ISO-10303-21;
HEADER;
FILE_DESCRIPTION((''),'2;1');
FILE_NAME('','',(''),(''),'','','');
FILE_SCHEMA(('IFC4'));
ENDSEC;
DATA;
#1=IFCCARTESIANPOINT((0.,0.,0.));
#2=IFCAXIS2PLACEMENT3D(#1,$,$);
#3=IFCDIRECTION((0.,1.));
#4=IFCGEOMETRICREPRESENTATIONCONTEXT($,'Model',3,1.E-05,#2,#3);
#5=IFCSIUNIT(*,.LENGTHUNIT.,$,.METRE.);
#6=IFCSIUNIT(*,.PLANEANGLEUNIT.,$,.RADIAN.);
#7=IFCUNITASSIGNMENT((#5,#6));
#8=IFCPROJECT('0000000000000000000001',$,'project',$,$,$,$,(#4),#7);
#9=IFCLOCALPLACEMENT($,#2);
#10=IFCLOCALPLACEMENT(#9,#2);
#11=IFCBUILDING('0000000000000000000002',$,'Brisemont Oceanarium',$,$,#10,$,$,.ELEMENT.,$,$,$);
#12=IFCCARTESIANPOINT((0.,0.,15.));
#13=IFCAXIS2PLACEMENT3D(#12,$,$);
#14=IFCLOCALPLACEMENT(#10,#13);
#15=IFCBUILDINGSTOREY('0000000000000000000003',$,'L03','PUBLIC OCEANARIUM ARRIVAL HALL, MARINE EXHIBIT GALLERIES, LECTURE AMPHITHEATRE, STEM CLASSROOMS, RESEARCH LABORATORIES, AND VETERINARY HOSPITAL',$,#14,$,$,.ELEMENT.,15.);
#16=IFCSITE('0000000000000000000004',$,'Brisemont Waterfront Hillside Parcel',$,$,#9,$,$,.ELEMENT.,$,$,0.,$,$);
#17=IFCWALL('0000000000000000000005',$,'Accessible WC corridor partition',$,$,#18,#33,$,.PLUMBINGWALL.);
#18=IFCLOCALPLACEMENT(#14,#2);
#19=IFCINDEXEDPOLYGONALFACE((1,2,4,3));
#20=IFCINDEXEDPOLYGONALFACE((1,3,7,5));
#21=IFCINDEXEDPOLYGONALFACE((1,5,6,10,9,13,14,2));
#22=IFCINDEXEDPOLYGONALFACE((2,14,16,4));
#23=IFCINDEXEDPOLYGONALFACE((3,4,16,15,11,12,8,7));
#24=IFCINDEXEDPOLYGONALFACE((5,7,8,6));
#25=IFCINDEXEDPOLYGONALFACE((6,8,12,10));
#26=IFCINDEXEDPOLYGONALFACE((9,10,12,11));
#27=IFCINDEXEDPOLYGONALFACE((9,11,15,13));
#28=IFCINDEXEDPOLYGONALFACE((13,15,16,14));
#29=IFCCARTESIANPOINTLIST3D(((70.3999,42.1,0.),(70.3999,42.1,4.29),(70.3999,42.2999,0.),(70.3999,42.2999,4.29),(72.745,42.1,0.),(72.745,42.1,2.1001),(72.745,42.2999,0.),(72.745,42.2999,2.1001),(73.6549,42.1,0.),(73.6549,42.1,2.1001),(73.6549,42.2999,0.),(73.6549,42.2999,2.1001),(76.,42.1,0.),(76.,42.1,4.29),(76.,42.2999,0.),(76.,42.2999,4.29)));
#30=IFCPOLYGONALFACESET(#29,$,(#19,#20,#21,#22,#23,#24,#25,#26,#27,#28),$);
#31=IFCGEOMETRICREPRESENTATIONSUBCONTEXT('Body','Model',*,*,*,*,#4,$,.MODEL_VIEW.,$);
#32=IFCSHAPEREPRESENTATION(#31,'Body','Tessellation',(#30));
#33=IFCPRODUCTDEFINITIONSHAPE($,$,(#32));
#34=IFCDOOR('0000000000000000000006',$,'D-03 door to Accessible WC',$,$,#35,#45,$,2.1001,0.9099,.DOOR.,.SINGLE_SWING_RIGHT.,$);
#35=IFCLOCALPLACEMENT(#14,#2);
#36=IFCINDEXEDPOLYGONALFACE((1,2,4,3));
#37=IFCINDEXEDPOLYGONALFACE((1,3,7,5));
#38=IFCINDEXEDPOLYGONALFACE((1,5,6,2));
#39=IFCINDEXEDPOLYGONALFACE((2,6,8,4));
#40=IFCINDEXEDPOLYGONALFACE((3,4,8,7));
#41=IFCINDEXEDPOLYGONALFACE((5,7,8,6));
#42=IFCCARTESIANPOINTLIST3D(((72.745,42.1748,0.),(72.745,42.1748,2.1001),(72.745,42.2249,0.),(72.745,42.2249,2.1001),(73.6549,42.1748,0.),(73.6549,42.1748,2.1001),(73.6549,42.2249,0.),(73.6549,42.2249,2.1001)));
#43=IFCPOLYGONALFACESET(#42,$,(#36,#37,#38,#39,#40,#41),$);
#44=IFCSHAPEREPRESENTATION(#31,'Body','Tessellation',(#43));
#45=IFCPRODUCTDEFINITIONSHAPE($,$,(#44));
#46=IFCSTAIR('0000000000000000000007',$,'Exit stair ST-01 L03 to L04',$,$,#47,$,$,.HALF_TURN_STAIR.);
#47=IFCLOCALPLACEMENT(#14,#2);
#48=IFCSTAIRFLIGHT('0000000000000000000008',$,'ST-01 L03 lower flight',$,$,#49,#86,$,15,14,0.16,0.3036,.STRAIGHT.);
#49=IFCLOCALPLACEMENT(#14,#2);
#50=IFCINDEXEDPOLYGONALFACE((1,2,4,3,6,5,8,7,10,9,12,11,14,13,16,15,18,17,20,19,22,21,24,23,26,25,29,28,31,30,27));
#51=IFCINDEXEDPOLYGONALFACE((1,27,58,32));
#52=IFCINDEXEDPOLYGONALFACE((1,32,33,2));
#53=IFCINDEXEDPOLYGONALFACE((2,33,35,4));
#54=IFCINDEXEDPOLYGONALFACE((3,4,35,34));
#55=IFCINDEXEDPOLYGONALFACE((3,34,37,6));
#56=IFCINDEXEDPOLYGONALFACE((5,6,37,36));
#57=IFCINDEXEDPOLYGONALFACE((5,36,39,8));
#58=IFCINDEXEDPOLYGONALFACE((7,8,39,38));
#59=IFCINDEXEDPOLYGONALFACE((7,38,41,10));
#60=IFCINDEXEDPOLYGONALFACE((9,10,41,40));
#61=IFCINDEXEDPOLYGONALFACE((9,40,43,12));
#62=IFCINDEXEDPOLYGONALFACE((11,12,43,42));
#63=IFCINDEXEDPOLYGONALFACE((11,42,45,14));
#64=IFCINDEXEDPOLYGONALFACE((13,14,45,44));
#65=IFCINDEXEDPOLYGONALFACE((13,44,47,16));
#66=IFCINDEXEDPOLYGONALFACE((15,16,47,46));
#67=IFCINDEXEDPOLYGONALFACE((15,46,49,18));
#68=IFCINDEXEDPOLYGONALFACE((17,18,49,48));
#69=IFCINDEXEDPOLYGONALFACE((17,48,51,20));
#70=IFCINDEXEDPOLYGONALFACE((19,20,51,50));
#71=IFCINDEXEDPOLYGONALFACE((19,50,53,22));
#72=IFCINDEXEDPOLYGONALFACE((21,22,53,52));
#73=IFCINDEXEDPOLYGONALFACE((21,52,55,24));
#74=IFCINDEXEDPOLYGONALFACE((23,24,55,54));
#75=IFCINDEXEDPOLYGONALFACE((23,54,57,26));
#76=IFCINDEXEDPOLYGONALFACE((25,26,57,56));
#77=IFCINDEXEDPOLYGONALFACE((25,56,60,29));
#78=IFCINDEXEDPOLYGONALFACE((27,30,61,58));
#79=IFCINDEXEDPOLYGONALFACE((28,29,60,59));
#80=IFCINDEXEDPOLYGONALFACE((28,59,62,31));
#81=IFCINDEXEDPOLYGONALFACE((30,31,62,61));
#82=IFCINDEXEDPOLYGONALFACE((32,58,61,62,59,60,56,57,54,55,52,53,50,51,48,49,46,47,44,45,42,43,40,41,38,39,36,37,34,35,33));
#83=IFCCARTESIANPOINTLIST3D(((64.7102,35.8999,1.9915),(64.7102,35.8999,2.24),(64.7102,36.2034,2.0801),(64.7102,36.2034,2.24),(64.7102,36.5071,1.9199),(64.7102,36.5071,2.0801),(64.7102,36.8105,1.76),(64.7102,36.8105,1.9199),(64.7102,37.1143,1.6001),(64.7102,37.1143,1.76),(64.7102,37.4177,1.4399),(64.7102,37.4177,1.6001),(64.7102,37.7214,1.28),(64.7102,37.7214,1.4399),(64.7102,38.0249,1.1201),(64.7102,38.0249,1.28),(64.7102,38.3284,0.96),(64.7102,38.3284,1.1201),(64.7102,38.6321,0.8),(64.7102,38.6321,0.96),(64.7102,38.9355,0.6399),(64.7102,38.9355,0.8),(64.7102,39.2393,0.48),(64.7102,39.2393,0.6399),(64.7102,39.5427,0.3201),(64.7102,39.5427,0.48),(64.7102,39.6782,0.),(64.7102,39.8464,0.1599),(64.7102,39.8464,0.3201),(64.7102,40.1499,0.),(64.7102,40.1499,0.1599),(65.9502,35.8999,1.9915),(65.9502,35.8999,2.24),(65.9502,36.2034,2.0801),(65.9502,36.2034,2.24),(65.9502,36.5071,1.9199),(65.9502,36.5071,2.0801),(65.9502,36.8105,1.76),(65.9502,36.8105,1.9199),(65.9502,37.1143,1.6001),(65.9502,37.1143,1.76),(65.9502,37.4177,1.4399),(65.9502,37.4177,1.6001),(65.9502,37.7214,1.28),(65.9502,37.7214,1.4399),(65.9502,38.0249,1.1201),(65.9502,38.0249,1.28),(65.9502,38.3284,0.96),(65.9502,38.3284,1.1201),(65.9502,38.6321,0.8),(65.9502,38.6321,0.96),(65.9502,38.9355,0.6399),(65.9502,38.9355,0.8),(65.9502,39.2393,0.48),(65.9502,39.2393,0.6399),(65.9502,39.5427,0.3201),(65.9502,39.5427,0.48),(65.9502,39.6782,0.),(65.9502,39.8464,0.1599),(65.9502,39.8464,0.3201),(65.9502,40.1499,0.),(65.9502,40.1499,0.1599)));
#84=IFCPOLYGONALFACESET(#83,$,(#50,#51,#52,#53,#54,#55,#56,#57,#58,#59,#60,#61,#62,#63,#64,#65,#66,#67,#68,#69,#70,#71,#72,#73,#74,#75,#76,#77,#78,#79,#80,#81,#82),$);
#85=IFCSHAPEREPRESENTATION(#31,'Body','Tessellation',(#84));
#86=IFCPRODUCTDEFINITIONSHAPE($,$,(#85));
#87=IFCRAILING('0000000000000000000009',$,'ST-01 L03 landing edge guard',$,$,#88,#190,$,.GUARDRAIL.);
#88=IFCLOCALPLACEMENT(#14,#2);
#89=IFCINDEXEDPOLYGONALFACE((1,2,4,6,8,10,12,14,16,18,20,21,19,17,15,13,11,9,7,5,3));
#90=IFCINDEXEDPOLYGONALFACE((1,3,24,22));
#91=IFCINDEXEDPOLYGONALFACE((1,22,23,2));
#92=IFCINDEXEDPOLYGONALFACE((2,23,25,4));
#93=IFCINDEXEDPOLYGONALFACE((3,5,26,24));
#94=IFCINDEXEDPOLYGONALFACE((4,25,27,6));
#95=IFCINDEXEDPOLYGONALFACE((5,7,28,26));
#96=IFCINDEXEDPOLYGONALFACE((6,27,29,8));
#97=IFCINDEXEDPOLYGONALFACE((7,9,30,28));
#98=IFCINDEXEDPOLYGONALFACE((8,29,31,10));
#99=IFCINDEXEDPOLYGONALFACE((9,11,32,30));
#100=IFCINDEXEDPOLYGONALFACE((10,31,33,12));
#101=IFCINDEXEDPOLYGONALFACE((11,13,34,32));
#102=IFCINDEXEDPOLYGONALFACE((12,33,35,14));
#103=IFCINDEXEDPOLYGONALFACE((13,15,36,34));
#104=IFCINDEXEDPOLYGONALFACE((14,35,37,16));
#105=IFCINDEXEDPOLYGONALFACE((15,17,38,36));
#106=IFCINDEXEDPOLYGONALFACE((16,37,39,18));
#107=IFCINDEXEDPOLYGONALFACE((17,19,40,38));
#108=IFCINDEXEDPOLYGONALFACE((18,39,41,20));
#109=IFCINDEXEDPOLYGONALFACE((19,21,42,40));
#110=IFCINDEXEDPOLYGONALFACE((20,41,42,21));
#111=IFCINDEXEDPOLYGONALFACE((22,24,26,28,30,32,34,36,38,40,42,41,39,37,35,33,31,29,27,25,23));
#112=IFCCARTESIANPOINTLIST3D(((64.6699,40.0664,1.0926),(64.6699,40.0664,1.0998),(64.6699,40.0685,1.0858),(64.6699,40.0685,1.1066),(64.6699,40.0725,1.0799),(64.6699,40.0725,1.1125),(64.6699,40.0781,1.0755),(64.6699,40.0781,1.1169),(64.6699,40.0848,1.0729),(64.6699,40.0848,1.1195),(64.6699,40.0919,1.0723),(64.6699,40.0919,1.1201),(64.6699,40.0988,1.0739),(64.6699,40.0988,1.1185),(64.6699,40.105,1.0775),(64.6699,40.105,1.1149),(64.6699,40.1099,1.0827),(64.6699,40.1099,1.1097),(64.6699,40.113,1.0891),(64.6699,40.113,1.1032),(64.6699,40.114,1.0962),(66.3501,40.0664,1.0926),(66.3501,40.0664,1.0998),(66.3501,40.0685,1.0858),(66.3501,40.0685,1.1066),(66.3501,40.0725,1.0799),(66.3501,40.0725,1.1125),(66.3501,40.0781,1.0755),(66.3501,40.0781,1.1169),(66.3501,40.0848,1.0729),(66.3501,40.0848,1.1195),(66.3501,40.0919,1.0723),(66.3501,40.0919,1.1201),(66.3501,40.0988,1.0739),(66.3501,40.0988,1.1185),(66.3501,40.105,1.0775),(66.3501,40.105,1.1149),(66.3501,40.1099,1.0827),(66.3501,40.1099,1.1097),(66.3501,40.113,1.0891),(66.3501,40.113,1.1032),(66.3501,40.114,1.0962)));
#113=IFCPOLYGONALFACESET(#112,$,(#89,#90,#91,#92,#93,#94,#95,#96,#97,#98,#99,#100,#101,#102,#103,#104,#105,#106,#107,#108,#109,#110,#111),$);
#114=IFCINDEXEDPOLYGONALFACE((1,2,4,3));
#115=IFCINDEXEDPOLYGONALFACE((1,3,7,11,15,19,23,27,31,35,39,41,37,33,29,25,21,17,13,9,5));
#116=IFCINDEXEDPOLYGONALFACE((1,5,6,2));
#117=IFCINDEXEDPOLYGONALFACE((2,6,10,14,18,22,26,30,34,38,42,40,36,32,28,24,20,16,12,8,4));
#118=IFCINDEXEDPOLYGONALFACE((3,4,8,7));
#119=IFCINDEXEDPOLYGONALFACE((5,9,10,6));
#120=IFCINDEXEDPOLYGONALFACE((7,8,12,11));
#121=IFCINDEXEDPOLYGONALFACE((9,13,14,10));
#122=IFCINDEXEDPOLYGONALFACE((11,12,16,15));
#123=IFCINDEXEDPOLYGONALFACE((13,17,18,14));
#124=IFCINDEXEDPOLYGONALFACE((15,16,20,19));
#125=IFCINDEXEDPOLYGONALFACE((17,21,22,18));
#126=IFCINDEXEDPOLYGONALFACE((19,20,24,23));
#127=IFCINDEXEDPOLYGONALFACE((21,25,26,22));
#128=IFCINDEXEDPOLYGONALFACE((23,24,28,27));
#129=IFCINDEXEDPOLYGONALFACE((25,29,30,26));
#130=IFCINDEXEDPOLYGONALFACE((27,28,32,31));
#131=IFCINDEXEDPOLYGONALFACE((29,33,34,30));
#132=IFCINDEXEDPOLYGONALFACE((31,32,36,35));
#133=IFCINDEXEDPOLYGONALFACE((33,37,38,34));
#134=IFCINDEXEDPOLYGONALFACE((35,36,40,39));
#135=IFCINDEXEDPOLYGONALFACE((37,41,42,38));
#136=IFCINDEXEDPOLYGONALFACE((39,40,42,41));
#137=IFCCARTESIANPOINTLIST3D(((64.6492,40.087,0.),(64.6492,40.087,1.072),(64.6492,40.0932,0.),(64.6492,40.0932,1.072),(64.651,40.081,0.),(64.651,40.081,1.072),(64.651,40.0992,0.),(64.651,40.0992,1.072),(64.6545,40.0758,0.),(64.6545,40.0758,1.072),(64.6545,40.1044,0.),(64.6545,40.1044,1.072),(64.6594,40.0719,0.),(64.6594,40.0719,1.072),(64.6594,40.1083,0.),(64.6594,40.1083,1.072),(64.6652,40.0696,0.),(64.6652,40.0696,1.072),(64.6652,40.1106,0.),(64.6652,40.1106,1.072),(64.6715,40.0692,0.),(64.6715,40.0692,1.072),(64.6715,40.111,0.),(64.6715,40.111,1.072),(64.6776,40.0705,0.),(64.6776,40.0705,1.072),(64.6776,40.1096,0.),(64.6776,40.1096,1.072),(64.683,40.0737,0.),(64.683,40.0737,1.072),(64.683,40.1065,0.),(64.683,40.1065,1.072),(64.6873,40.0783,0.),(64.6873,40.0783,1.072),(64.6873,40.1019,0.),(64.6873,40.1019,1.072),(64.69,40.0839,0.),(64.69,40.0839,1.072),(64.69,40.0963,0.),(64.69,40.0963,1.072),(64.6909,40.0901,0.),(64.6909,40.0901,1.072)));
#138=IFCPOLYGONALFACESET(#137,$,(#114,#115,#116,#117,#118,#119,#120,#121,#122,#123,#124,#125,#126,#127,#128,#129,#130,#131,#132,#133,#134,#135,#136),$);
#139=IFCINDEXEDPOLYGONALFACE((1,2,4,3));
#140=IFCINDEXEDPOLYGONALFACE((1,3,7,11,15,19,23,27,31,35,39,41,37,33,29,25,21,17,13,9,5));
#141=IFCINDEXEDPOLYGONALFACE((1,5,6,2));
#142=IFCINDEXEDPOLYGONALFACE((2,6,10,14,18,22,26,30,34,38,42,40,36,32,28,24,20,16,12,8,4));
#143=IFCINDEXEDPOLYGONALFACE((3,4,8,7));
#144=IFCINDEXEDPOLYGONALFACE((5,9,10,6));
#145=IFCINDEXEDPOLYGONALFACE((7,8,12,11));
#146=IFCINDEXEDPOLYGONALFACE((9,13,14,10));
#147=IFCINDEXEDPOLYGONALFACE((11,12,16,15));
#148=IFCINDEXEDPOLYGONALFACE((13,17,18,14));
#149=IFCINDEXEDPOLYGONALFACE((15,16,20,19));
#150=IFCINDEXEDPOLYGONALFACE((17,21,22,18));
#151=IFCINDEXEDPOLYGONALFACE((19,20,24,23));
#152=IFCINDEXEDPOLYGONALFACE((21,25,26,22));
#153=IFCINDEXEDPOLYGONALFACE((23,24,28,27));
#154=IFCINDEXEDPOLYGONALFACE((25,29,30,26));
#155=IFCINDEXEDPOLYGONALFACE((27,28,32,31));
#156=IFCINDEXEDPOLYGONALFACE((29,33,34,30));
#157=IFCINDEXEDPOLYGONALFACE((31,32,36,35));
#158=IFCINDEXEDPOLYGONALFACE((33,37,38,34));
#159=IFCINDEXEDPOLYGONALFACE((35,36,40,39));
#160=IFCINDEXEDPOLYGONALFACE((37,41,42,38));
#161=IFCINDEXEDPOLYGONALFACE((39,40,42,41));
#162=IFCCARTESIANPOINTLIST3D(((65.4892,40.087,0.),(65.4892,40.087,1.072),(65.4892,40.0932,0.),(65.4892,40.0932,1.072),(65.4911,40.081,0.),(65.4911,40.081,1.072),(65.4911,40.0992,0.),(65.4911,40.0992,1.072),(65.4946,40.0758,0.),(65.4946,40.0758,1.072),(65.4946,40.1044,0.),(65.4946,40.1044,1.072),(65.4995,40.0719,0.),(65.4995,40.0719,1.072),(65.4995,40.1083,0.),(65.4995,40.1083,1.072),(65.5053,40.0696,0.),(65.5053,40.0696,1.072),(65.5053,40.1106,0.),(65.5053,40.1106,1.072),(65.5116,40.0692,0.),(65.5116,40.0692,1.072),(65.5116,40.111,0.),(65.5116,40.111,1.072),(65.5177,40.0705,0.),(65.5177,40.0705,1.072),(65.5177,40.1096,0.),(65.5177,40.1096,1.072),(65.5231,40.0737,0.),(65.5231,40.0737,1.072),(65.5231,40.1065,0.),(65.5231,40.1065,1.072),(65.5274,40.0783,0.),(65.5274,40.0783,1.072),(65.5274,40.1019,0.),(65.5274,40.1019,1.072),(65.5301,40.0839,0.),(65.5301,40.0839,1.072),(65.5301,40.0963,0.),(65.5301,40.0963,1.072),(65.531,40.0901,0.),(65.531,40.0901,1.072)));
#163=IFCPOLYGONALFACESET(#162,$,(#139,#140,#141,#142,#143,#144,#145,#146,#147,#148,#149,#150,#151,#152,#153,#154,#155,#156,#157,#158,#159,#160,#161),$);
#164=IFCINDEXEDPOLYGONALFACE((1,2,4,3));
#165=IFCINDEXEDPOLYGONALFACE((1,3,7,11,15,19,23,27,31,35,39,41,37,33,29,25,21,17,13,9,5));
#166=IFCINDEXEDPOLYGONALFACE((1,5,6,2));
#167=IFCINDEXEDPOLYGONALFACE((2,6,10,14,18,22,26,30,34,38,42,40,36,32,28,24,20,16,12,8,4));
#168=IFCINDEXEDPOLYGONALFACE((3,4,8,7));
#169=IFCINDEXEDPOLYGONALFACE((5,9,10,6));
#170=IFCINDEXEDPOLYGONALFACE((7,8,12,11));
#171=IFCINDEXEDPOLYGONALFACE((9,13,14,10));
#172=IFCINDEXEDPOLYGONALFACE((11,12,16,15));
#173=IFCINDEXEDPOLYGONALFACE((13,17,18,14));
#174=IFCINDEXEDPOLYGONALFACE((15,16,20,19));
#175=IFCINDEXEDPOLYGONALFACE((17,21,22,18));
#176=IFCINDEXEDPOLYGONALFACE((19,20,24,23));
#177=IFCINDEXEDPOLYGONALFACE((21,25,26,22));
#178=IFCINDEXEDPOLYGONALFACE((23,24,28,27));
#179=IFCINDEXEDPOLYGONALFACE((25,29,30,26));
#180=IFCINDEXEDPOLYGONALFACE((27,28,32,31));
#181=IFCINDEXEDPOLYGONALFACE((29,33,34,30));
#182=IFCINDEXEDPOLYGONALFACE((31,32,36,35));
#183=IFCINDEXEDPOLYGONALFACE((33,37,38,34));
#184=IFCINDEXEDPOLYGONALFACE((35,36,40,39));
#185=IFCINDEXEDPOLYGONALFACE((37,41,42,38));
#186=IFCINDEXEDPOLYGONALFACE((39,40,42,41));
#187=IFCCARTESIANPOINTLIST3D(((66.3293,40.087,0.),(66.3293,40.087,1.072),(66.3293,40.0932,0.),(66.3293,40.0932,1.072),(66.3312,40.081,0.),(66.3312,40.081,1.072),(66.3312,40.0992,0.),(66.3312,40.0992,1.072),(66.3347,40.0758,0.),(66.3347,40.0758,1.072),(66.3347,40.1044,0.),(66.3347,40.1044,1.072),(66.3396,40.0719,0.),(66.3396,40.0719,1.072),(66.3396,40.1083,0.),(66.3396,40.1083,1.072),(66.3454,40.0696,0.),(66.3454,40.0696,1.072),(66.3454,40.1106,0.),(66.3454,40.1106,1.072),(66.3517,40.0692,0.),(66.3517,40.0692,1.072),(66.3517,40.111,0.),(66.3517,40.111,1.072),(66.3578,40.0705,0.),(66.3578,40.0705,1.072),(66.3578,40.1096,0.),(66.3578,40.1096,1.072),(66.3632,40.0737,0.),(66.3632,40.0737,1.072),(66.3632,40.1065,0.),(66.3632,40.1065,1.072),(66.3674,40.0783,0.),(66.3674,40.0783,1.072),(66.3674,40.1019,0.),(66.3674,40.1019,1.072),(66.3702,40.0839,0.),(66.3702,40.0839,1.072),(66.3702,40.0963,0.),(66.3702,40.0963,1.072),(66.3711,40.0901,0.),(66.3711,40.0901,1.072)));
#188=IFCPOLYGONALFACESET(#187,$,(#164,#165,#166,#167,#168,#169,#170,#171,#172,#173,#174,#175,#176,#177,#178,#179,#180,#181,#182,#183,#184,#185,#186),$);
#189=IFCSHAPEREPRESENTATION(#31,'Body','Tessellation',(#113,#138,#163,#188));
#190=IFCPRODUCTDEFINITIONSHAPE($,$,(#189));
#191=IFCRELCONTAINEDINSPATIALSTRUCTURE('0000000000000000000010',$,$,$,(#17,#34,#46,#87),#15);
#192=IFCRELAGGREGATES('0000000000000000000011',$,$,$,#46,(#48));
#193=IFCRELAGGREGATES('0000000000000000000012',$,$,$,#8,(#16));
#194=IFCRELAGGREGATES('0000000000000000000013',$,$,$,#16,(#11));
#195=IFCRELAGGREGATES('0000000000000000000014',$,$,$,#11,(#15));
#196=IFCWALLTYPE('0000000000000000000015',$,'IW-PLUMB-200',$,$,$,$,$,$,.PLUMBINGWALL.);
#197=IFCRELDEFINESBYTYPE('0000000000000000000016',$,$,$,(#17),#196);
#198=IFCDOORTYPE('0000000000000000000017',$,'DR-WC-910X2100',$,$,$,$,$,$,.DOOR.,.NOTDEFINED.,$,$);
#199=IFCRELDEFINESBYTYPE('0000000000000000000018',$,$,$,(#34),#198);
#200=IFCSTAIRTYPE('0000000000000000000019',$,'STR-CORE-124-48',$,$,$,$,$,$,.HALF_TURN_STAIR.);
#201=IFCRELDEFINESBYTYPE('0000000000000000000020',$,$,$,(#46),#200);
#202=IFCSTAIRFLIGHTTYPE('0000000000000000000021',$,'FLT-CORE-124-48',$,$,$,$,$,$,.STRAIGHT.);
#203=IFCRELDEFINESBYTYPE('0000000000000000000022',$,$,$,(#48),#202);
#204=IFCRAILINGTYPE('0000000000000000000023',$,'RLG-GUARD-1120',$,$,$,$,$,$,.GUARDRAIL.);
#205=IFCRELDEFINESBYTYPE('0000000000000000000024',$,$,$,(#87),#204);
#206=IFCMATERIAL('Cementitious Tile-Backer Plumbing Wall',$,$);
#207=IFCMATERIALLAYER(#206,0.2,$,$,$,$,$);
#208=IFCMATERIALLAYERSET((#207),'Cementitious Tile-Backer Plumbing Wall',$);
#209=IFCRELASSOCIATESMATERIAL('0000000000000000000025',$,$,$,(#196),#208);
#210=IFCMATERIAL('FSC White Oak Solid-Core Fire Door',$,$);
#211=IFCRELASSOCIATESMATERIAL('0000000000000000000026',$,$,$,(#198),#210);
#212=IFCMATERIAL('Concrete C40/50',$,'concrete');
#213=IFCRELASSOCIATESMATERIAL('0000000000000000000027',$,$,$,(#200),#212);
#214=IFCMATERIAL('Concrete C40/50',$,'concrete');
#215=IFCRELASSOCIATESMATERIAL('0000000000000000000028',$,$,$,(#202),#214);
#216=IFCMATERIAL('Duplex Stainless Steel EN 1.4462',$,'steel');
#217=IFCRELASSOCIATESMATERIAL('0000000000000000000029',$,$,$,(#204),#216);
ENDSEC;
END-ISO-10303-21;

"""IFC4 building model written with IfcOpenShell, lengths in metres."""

from ifc_helpers import new_model, si_unit, direction, frame, frame_2d, origin, origin_2d, place, context, subcontext, project, spatial, polyline, rectangle, circle, outline, extrude, material, layer, layer_set, type_object, element, fill, aggregate, save


model = new_model("IFC4")

# Units and contexts
model_context = context("Model", 3, precision=1e-05, world=origin(), true_north=direction((0.0, 1.0)))
body_context = subcontext(model_context, "Body", "Model", "MODEL_VIEW")
ifc_project = project(units=[si_unit("LENGTHUNIT", "METRE"), si_unit("PLANEANGLEUNIT", "RADIAN")], contexts=[model_context])

# Site, building, storey
site_placement = place(None, origin())
site = spatial("IfcSite", under=ifc_project, at=site_placement, Name="Brisemont Waterfront Hillside Parcel", CompositionType="ELEMENT", RefElevation=0.0)
building_placement = place(site_placement, origin())
building = spatial("IfcBuilding", under=site, at=building_placement, Name="Brisemont Oceanarium", CompositionType="ELEMENT")
storey_placement = place(building_placement, frame((0.0, 0.0, 15.0)))
storey = spatial("IfcBuildingStorey", under=building, at=storey_placement, Name="L03", Description="PUBLIC OCEANARIUM ARRIVAL HALL, MARINE EXHIBIT GALLERIES, LECTURE AMPHITHEATRE, STEM CLASSROOMS, RESEARCH LABORATORIES, AND VETERINARY HOSPITAL", CompositionType="ELEMENT", Elevation=15.0)

# Wall, opening, door
ifc_material_1 = material(Name="Cementitious Tile-Backer Plumbing Wall")
ifc_layer_1 = layer(ifc_material_1, 0.2)
ifc_layer_set_1 = layer_set([ifc_layer_1], Name="Cementitious Tile-Backer Plumbing Wall")
wall_type_1 = type_object("IfcWallType", Name="IW-PLUMB-200", PredefinedType="PLUMBINGWALL", material=ifc_layer_set_1)
wall_1_placement = place(storey_placement, frame((70.3999, 42.2, 0.0), z_axis=(0.0, 0.0, 1.0), x_axis=(1.0, 0.0, 0.0)))
wall_1 = element("IfcWall", 1, at=wall_1_placement, inside=storey, type_object=wall_type_1, Name="Accessible WC corridor partition", PredefinedType="PLUMBINGWALL", context=body_context, shape_type="SweptSolid", body=[
    extrude(rectangle(XDim=5.6001, YDim=0.2, at=frame_2d((2.8, 0.0))), origin(), (0.0, 0.0, 1.0), 4.29),
])
opening_1_placement = place(wall_1_placement, frame((2.345, 0.0, 0.0)))
opening_1 = element("IfcOpeningElement", 2, at=opening_1_placement, cuts=wall_1, PredefinedType="OPENING", context=body_context, shape_type="SweptSolid", body=[
    extrude(rectangle(XDim=0.9099, YDim=2.1001, at=frame_2d((0.4551, 1.05))), frame((0.0, 0.1099, 0.0), z_axis=(0.0, -1.0, 0.0), x_axis=(1.0, 0.0, 0.0)), (0.0, 0.0, 1.0), 0.22),
])
ifc_material_2 = material(Name="FSC White Oak Solid-Core Fire Door")
door_type_1 = type_object("IfcDoorType", Name="DR-WC-910X2100", OperationType="NOTDEFINED", PredefinedType="DOOR", material=ifc_material_2)
door_1_placement = place(opening_1_placement, origin())
door_1 = element("IfcDoor", 3, at=door_1_placement, inside=storey, type_object=door_type_1, Name="D-03 door to Accessible WC", OperationType="SINGLE_SWING_RIGHT", OverallHeight=2.1001, OverallWidth=0.9099, PredefinedType="DOOR", context=body_context, shape_type="SweptSolid", body=[
    extrude(rectangle(XDim=0.9099, YDim=2.1001, at=frame_2d((0.4551, 1.05))), frame((0.0, 0.0249, 0.0), z_axis=(0.0, -1.0, 0.0), x_axis=(1.0, 0.0, 0.0)), (0.0, 0.0, 1.0), 0.05),
])
fill(opening_1, door_1)

# Stair, stair flight
ifc_material_3 = material(Name="Concrete C40/50", Category="concrete")
stair_type = type_object("IfcStairType", Name="STR-CORE-124-48", PredefinedType="HALF_TURN_STAIR", material=ifc_material_3)
stair_placement = place(storey_placement, origin())
stair = element("IfcStair", 4, at=stair_placement, inside=storey, type_object=stair_type, Name="Exit stair ST-01 L03 to L04", PredefinedType="HALF_TURN_STAIR")
ifc_material_4 = material(Name="Concrete C40/50", Category="concrete")
stair_flight_type = type_object("IfcStairFlightType", Name="FLT-CORE-124-48", PredefinedType="STRAIGHT", material=ifc_material_4)
stair_flight_placement = place(storey_placement, frame((65.3301, 40.1499, 0.0), z_axis=(0.0, 0.0, 1.0), x_axis=(0.0, -1.0, 0.0)))
stair_flight = element("IfcStairFlight", 5, at=stair_flight_placement, type_object=stair_flight_type, Name="ST-01 L03 lower flight", NumberOfRisers=15, NumberOfTreads=14, PredefinedType="STRAIGHT", RiserHeight=0.16, TreadLength=0.3036, context=body_context, shape_type="SweptSolid", body=[
    extrude(outline(polyline([(0.0, 0.0), (0.0, 0.1599), (0.3035, 0.1599), (0.3035, 0.3201), (0.6072, 0.3201), (0.6072, 0.48), (0.9106, 0.48), (0.9106, 0.6399), (1.2144, 0.6399), (1.2144, 0.8), (1.5178, 0.8), (1.5178, 0.96), (1.8215, 0.96), (1.8215, 1.1201), (2.125, 1.1201), (2.125, 1.28), (2.4285, 1.28), (2.4285, 1.4399), (2.7322, 1.4399), (2.7322, 1.6001), (3.0356, 1.6001), (3.0356, 1.76), (3.3394, 1.76), (3.3394, 1.9199), (3.6428, 1.9199), (3.6428, 2.0801), (3.9465, 2.0801), (3.9465, 2.24), (4.25, 2.24), (4.25, 2.3999), (4.25, 1.9915), (0.4717, 0.0), (0.0, 0.0)])), frame((0.0, 0.6201, 0.0), z_axis=(0.0, -1.0, 0.0), x_axis=(1.0, 0.0, 0.0)), (0.0, 0.0, 1.0), 1.24),
])
aggregate(stair, [stair_flight])

# Railing
ifc_material_5 = material(Name="Duplex Stainless Steel EN 1.4462", Category="steel")
railing_type_1 = type_object("IfcRailingType", Name="RLG-GUARD-1120", PredefinedType="GUARDRAIL", material=ifc_material_5)
railing_1_placement = place(storey_placement, frame((64.6699, 40.0901, 0.0)))
element("IfcRailing", 6, at=railing_1_placement, inside=storey, type_object=railing_type_1, Name="ST-01 L03 landing edge guard", PredefinedType="GUARDRAIL", context=body_context, shape_type="SweptSolid", body=[
    extrude(circle(Radius=0.0239, at=origin_2d()), frame((0.0, 0.0, 1.0962), z_axis=(1.0, 0.0, 0.0), x_axis=(0.0, 1.0, 0.0)), (0.0, 0.0, 1.0), 1.6802),
    extrude(circle(Radius=0.021, at=origin_2d()), origin(), (0.0, 0.0, 1.0), 1.072),
    extrude(circle(Radius=0.021, at=origin_2d()), frame((0.8401, 0.0, 0.0)), (0.0, 0.0, 1.0), 1.072),
    extrude(circle(Radius=0.021, at=origin_2d()), frame((1.6802, 0.0, 0.0)), (0.0, 0.0, 1.0), 1.072),
])

save(model, "model.ifc")
